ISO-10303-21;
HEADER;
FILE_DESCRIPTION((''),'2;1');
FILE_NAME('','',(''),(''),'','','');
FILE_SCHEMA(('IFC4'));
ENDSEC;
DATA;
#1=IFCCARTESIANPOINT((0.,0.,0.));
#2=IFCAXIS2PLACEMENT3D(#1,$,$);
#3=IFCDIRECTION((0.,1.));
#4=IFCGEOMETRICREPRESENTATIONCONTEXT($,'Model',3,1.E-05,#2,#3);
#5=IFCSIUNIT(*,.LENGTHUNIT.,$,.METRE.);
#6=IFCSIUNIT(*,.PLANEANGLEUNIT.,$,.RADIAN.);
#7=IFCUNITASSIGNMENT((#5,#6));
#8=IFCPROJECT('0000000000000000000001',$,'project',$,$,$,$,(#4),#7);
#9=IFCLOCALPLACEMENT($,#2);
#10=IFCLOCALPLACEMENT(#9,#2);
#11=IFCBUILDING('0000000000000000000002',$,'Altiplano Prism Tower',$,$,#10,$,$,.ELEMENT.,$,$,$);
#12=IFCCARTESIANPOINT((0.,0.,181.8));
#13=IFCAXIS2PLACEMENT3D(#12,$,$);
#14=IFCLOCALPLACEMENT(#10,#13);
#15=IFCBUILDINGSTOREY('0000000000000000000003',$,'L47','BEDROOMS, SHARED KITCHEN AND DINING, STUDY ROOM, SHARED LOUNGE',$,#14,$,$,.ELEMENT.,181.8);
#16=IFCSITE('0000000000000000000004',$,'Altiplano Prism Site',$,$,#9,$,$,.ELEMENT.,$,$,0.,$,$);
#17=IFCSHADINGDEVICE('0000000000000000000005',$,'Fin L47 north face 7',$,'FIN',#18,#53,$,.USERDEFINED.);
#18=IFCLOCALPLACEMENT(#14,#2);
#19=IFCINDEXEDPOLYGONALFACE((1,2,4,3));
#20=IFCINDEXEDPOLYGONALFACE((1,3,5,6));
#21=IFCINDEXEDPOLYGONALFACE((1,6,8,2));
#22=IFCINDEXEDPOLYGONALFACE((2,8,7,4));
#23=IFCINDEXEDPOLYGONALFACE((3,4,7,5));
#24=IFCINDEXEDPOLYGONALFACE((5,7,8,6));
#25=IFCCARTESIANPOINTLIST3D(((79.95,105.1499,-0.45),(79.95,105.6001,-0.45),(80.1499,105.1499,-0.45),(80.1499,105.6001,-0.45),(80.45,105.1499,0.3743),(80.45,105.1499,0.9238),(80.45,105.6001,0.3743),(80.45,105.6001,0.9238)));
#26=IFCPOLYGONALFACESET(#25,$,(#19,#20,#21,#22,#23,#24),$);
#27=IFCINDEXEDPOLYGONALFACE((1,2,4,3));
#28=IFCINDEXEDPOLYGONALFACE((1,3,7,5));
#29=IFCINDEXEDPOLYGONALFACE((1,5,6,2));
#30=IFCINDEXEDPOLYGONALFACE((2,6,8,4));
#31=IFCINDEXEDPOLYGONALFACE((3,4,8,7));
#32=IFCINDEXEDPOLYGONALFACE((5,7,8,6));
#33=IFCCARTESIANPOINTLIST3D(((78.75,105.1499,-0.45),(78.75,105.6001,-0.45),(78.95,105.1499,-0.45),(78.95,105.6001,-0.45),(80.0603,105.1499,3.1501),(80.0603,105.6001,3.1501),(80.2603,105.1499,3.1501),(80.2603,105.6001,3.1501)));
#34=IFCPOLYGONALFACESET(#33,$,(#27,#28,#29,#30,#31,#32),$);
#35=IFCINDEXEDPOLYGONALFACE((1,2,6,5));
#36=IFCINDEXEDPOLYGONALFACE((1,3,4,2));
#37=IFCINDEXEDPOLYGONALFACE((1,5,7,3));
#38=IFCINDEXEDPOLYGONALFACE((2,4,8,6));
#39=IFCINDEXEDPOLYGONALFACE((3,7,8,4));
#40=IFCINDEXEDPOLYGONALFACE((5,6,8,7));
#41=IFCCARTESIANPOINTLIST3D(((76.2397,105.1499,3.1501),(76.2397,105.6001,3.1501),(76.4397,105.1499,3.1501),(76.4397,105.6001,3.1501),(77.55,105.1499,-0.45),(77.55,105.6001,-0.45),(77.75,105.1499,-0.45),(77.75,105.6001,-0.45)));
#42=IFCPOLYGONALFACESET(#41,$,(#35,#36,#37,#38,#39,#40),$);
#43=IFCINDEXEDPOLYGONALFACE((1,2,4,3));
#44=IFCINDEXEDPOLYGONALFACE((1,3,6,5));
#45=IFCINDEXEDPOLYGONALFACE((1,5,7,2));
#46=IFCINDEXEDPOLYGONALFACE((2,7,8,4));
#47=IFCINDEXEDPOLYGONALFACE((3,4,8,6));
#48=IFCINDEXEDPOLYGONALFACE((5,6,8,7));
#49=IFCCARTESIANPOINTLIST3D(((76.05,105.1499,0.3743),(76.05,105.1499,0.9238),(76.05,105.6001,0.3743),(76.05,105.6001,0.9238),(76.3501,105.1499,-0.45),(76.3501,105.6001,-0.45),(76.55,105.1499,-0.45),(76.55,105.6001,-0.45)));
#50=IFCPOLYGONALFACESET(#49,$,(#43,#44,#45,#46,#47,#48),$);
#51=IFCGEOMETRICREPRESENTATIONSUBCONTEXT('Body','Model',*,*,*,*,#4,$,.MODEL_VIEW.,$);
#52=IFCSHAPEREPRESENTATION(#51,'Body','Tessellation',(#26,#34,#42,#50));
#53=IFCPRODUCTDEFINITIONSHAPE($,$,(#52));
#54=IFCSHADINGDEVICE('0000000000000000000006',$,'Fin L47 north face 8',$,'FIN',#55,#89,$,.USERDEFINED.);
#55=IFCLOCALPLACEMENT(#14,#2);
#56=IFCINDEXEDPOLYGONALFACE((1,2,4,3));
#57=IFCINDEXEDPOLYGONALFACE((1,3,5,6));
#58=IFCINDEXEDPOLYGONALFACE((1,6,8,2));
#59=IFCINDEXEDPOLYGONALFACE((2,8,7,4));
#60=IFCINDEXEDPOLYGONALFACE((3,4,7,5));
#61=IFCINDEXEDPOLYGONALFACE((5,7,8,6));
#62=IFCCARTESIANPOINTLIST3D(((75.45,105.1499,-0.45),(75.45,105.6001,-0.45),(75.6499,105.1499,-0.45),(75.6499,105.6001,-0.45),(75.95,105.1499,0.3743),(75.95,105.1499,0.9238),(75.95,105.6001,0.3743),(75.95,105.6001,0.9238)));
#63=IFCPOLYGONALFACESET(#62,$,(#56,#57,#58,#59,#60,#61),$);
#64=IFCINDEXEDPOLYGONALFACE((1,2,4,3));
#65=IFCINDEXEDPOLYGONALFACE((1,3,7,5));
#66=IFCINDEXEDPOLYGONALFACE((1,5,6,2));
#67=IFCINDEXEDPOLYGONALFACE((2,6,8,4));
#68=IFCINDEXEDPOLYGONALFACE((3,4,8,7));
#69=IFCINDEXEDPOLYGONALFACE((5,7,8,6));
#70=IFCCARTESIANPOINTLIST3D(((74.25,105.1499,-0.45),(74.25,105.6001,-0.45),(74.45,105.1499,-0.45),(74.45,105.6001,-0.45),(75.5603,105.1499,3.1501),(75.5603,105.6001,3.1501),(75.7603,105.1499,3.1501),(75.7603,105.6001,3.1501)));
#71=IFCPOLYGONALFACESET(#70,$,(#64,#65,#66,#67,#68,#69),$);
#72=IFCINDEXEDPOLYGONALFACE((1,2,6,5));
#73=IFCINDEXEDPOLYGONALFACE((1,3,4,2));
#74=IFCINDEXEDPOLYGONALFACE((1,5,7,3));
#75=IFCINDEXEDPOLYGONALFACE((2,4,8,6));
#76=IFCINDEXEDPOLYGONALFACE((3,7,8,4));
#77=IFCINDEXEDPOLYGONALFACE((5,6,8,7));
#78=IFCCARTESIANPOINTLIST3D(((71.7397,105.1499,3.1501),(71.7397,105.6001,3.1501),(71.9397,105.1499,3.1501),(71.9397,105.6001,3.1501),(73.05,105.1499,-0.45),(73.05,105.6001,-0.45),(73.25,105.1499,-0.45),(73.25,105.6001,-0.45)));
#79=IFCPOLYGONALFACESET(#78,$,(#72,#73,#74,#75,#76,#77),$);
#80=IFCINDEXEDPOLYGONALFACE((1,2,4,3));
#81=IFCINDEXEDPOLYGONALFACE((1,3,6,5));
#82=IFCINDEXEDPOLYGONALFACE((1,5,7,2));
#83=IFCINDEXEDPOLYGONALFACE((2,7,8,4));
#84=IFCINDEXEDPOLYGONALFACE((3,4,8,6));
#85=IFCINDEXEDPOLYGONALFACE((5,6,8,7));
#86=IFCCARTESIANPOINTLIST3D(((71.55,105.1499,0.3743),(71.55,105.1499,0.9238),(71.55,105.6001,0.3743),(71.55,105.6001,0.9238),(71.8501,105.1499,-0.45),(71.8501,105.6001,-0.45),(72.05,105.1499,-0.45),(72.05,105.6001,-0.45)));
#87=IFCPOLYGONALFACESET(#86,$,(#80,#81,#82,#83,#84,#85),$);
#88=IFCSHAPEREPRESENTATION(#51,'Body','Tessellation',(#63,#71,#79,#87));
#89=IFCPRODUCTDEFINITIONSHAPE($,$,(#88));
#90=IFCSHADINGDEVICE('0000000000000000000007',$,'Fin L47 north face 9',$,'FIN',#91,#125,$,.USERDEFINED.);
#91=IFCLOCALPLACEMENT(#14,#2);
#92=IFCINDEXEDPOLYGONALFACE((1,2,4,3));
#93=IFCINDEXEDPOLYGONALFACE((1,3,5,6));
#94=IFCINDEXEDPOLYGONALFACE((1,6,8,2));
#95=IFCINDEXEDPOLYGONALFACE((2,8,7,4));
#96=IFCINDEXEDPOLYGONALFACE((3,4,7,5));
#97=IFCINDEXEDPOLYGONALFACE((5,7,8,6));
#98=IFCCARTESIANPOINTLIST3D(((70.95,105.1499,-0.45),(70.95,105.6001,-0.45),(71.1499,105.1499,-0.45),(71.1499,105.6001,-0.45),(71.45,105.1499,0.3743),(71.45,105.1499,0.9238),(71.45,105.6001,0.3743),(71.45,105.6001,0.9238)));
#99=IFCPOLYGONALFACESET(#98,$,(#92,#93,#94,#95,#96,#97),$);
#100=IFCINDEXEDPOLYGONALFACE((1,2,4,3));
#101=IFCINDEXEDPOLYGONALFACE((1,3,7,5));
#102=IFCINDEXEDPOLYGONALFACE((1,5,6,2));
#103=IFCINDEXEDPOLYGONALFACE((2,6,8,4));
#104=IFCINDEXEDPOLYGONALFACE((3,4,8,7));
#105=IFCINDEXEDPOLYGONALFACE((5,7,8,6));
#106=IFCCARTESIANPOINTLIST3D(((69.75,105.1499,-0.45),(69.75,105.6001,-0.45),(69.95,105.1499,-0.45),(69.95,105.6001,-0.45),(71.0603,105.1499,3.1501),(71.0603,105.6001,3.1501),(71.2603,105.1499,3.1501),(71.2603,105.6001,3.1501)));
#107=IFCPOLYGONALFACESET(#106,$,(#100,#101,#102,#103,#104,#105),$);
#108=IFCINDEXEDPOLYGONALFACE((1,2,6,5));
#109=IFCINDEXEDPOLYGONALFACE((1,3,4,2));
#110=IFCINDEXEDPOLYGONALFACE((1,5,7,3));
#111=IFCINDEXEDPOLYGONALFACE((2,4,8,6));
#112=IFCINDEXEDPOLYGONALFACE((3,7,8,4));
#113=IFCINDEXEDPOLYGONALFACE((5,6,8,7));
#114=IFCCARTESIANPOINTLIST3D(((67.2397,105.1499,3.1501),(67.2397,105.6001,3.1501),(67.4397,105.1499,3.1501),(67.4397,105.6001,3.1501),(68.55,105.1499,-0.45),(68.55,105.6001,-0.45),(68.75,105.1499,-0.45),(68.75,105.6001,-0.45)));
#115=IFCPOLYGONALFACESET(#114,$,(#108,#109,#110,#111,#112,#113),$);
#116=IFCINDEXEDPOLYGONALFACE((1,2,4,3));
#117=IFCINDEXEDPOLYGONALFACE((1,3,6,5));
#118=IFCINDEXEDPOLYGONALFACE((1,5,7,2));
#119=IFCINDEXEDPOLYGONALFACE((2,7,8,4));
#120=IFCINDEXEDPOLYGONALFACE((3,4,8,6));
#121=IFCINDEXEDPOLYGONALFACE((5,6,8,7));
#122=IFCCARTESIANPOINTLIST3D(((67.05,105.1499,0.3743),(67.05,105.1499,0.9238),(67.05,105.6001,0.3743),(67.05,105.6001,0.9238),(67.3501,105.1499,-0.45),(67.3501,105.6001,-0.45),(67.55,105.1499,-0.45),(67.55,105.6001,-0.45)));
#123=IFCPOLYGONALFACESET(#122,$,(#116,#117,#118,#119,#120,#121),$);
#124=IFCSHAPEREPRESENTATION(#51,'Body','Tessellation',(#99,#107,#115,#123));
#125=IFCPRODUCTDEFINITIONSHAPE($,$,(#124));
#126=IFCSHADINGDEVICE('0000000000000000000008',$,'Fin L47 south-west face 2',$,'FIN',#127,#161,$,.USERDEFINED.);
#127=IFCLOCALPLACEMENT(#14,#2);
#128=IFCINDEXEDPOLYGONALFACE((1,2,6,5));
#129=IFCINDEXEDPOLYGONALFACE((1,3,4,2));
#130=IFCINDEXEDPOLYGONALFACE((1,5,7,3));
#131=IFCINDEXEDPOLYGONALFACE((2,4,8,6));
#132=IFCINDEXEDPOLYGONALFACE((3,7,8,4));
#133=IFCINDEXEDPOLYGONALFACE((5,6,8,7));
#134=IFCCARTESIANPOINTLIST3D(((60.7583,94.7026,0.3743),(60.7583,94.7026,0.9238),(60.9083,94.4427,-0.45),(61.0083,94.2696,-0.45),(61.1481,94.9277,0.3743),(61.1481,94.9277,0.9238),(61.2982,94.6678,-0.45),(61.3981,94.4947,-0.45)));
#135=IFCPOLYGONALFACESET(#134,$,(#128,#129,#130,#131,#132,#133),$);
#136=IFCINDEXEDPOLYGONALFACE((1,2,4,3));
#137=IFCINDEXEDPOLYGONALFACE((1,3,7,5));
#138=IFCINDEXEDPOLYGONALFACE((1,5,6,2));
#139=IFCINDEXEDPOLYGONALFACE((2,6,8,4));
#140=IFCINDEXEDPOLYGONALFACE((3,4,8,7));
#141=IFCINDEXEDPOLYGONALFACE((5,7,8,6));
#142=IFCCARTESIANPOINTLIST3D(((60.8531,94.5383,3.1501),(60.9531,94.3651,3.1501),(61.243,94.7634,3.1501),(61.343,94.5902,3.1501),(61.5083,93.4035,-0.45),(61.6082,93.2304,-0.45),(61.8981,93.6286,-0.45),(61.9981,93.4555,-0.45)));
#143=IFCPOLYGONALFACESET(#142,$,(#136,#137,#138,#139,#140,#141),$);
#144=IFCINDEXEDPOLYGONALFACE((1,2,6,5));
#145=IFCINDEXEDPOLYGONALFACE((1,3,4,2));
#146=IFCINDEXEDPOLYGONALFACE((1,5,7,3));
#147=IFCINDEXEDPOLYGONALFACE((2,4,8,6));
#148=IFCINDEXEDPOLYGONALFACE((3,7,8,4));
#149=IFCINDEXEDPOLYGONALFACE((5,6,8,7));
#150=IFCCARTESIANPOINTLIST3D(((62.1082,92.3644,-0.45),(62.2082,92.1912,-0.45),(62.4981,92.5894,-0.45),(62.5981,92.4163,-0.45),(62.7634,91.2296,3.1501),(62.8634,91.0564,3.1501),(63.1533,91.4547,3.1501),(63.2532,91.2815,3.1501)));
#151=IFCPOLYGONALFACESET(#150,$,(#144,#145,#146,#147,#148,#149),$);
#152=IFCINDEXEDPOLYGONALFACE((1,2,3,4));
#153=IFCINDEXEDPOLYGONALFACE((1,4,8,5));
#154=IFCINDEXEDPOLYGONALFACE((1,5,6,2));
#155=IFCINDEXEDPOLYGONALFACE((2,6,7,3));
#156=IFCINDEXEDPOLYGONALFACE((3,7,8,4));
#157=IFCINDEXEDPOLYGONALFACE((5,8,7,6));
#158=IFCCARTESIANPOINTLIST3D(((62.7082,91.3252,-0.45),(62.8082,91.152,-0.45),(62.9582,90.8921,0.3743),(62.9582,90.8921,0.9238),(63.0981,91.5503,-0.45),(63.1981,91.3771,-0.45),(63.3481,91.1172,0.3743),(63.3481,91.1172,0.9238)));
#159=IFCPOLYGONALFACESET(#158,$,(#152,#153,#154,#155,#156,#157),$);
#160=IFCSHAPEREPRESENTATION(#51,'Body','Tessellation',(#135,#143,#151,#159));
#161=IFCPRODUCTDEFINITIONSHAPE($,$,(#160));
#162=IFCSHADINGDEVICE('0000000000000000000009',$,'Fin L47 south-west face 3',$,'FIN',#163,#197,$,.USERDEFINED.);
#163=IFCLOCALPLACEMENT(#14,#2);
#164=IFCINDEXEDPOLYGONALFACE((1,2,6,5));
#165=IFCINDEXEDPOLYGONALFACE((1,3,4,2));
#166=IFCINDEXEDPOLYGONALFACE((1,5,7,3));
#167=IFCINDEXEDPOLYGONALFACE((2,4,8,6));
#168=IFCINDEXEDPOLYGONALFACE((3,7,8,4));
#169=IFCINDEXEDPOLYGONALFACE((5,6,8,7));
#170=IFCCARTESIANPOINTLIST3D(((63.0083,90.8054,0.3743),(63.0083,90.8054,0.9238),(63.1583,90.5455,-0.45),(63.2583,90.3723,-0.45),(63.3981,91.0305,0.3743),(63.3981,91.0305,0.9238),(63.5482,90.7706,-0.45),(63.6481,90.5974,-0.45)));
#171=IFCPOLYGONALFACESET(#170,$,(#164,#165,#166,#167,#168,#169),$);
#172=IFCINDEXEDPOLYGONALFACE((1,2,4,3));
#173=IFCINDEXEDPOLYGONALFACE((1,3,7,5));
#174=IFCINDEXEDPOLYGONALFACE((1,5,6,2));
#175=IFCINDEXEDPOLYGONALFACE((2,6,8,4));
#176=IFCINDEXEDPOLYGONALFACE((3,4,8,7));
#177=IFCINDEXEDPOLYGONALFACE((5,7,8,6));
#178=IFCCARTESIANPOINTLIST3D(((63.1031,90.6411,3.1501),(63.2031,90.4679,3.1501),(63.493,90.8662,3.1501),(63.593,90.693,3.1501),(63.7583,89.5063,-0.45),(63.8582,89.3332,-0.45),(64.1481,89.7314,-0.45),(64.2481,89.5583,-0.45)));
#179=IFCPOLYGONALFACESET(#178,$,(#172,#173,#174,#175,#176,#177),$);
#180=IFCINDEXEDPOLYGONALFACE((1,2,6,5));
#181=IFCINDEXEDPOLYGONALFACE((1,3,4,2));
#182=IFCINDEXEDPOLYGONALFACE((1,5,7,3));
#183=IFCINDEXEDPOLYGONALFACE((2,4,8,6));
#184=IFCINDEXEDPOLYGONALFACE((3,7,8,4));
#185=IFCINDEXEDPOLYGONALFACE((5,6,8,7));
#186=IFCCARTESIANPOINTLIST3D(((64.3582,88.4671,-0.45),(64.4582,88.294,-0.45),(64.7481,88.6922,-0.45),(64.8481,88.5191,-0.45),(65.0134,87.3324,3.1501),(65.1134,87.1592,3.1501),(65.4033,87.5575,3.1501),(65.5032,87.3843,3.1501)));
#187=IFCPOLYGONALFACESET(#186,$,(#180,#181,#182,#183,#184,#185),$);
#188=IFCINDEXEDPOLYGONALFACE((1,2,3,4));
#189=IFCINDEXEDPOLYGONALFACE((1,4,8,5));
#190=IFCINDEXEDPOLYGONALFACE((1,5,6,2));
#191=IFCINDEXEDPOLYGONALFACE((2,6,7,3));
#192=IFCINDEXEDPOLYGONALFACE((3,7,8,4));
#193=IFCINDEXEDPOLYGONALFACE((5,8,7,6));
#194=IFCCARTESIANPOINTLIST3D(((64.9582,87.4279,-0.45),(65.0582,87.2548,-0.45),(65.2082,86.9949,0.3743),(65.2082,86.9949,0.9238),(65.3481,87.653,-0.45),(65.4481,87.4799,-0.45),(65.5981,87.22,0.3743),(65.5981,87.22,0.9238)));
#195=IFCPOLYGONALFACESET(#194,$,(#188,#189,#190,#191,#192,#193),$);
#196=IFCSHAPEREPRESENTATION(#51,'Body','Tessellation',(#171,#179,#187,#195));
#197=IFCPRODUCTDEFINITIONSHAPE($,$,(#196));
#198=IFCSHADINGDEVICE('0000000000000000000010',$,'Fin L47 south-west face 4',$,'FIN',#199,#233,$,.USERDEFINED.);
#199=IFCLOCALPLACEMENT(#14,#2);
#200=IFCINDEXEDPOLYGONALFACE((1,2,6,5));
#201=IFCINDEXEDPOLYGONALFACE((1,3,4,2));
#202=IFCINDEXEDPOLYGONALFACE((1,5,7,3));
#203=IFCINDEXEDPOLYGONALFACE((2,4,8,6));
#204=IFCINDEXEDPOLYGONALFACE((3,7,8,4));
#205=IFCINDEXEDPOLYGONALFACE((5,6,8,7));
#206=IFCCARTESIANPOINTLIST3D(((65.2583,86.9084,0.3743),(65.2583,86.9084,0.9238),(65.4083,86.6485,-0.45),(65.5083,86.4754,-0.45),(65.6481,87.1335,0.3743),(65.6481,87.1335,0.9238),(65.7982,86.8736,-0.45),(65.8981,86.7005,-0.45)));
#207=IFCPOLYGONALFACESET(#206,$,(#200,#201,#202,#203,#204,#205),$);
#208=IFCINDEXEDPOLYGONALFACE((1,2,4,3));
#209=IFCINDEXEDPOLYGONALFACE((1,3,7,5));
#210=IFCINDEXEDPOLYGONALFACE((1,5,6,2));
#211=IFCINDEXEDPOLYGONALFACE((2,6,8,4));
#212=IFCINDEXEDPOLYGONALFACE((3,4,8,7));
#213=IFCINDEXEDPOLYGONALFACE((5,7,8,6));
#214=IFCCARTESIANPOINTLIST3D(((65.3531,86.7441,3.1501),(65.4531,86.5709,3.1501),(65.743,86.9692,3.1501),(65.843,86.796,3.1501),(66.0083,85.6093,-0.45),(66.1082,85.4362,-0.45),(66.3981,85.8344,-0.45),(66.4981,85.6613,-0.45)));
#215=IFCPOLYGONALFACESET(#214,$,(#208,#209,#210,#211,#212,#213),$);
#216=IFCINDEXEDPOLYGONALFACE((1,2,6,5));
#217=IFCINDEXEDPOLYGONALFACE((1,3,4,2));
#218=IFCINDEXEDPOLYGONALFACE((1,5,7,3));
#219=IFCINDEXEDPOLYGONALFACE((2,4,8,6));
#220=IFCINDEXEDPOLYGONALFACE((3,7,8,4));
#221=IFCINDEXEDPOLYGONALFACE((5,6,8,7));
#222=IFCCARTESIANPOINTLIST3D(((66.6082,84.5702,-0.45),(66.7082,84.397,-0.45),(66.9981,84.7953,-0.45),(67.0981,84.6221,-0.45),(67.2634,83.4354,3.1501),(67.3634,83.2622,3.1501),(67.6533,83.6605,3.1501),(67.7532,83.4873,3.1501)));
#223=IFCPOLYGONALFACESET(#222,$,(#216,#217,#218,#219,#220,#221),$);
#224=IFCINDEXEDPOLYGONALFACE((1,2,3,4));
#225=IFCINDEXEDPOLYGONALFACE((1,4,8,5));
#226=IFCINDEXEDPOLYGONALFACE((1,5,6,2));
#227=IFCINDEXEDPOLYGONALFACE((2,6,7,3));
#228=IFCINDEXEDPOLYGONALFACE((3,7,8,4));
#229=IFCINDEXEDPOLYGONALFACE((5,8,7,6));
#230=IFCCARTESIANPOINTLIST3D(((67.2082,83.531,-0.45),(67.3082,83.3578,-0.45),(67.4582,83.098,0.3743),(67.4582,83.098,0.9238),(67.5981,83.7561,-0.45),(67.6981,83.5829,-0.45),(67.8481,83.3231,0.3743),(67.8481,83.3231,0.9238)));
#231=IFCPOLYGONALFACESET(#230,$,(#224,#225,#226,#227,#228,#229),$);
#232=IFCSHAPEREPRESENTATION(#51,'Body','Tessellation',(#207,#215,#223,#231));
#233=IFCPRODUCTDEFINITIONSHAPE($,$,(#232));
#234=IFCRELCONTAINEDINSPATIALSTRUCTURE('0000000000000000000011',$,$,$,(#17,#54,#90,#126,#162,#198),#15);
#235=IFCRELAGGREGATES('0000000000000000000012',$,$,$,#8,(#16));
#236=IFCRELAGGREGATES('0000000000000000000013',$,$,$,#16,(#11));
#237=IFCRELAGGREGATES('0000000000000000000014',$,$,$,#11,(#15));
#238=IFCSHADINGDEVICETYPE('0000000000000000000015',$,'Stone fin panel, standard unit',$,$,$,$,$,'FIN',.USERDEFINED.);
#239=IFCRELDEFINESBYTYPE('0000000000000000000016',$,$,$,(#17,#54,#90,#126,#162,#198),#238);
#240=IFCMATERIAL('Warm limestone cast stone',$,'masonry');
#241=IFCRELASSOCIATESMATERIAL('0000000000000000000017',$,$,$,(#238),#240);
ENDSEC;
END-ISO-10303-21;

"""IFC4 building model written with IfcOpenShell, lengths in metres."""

from ifc_helpers import new_model, si_unit, direction, frame, origin, place, context, subcontext, project, spatial, polyline, outline, extrude, source, transform, mapped, material, type_object, element, save


model = new_model("IFC4")

# Units and contexts
model_context = context("Model", 3, precision=1e-05, world=origin(), true_north=direction((0.0, 1.0)))
body_context = subcontext(model_context, "Body", "Model", "MODEL_VIEW")
ifc_project = project(units=[si_unit("LENGTHUNIT", "METRE"), si_unit("PLANEANGLEUNIT", "RADIAN")], contexts=[model_context])

# Site, building, storey
site_placement = place(None, origin())
site = spatial("IfcSite", under=ifc_project, at=site_placement, Name="Altiplano Prism Site", CompositionType="ELEMENT", RefElevation=0.0)
building_placement = place(site_placement, origin())
building = spatial("IfcBuilding", under=site, at=building_placement, Name="Altiplano Prism Tower", CompositionType="ELEMENT")
storey_placement = place(building_placement, frame((0.0, 0.0, 181.8)))
storey = spatial("IfcBuildingStorey", under=building, at=storey_placement, Name="L47", Description="BEDROOMS, SHARED KITCHEN AND DINING, STUDY ROOM, SHARED LOUNGE", CompositionType="ELEMENT", Elevation=181.8)

# Shading devices
ifc_material_1 = material(Name="Warm limestone cast stone", Category="masonry")
shading_device_type_1 = type_object("IfcShadingDeviceType", Name="Stone fin panel, standard unit", ElementType="FIN", PredefinedType="USERDEFINED", material=ifc_material_1)
shared_shape_1 = source(origin(), body_context, "Body", "SweptSolid", [
    extrude(outline(polyline([(-2.2, 1.3738), (-2.2, 0.8242), (-1.8999, 0.0), (-1.7, 0.0), (-2.2, 1.3738)])), frame((0.0, -0.1499, 0.0), z_axis=(0.0, -1.0, 0.0), x_axis=(1.0, 0.0, 0.0)), (0.0, 0.0, 1.0), 0.4502),
    extrude(outline(polyline([(-2.0103, 3.6001), (-0.7, 0.0), (-0.5, 0.0), (-1.8103, 3.6001), (-2.0103, 3.6001)])), frame((0.0, -0.1499, 0.0), z_axis=(0.0, -1.0, 0.0), x_axis=(1.0, 0.0, 0.0)), (0.0, 0.0, 1.0), 0.4502),
    extrude(outline(polyline([(1.8103, 3.6001), (0.5, 0.0), (0.7, 0.0), (2.0103, 3.6001), (1.8103, 3.6001)])), frame((0.0, -0.1499, 0.0), z_axis=(0.0, -1.0, 0.0), x_axis=(1.0, 0.0, 0.0)), (0.0, 0.0, 1.0), 0.4502),
    extrude(outline(polyline([(2.2, 0.8242), (2.2, 1.3738), (1.7, 0.0), (1.8999, 0.0), (2.2, 0.8242)])), frame((0.0, -0.1499, 0.0), z_axis=(0.0, -1.0, 0.0), x_axis=(1.0, 0.0, 0.0)), (0.0, 0.0, 1.0), 0.4502),
])
shading_device_1_placement = place(storey_placement, origin())
element("IfcShadingDevice", 1, at=shading_device_1_placement, inside=storey, type_object=shading_device_type_1, Name="Fin L47 north face 7", ObjectType="FIN", PredefinedType="USERDEFINED", context=body_context, shape_type="MappedRepresentation", body=[
    mapped(shared_shape_1, transform((78.25, 105.0, -0.45), x_axis=(-1.0, 0.0, 0.0), y_axis=(0.0, -1.0, 0.0), z_axis=(0.0, 0.0, 1.0))),
])
shading_device_2_placement = place(storey_placement, origin())
element("IfcShadingDevice", 2, at=shading_device_2_placement, inside=storey, type_object=shading_device_type_1, Name="Fin L47 north face 8", ObjectType="FIN", PredefinedType="USERDEFINED", context=body_context, shape_type="MappedRepresentation", body=[
    mapped(shared_shape_1, transform((73.75, 105.0, -0.45), x_axis=(-1.0, 0.0, 0.0), y_axis=(0.0, -1.0, 0.0), z_axis=(0.0, 0.0, 1.0))),
])
shading_device_3_placement = place(storey_placement, origin())
element("IfcShadingDevice", 3, at=shading_device_3_placement, inside=storey, type_object=shading_device_type_1, Name="Fin L47 north face 9", ObjectType="FIN", PredefinedType="USERDEFINED", context=body_context, shape_type="MappedRepresentation", body=[
    mapped(shared_shape_1, transform((69.25, 105.0, -0.45), x_axis=(-1.0, 0.0, 0.0), y_axis=(0.0, -1.0, 0.0), z_axis=(0.0, 0.0, 1.0))),
])
shading_device_4_placement = place(storey_placement, origin())
element("IfcShadingDevice", 4, at=shading_device_4_placement, inside=storey, type_object=shading_device_type_1, Name="Fin L47 south-west face 2", ObjectType="FIN", PredefinedType="USERDEFINED", context=body_context, shape_type="MappedRepresentation", body=[
    mapped(shared_shape_1, transform((62.3779, 93.0974, -0.45), x_axis=(0.5, -0.866025, 0.0), y_axis=(0.866025, 0.5, 0.0), z_axis=(0.0, 0.0, 1.0))),
])
shading_device_5_placement = place(storey_placement, origin())
element("IfcShadingDevice", 5, at=shading_device_5_placement, inside=storey, type_object=shading_device_type_1, Name="Fin L47 south-west face 3", ObjectType="FIN", PredefinedType="USERDEFINED", context=body_context, shape_type="MappedRepresentation", body=[
    mapped(shared_shape_1, transform((64.6279, 89.2002, -0.45), x_axis=(0.5, -0.866025, 0.0), y_axis=(0.866025, 0.5, 0.0), z_axis=(0.0, 0.0, 1.0))),
])
shading_device_6_placement = place(storey_placement, origin())
element("IfcShadingDevice", 6, at=shading_device_6_placement, inside=storey, type_object=shading_device_type_1, Name="Fin L47 south-west face 4", ObjectType="FIN", PredefinedType="USERDEFINED", context=body_context, shape_type="MappedRepresentation", body=[
    mapped(shared_shape_1, transform((66.8779, 85.3032, -0.45), x_axis=(0.5, -0.866025, 0.0), y_axis=(0.866025, 0.5, 0.0), z_axis=(0.0, 0.0, 1.0))),
])

save(model, "model.ifc")
